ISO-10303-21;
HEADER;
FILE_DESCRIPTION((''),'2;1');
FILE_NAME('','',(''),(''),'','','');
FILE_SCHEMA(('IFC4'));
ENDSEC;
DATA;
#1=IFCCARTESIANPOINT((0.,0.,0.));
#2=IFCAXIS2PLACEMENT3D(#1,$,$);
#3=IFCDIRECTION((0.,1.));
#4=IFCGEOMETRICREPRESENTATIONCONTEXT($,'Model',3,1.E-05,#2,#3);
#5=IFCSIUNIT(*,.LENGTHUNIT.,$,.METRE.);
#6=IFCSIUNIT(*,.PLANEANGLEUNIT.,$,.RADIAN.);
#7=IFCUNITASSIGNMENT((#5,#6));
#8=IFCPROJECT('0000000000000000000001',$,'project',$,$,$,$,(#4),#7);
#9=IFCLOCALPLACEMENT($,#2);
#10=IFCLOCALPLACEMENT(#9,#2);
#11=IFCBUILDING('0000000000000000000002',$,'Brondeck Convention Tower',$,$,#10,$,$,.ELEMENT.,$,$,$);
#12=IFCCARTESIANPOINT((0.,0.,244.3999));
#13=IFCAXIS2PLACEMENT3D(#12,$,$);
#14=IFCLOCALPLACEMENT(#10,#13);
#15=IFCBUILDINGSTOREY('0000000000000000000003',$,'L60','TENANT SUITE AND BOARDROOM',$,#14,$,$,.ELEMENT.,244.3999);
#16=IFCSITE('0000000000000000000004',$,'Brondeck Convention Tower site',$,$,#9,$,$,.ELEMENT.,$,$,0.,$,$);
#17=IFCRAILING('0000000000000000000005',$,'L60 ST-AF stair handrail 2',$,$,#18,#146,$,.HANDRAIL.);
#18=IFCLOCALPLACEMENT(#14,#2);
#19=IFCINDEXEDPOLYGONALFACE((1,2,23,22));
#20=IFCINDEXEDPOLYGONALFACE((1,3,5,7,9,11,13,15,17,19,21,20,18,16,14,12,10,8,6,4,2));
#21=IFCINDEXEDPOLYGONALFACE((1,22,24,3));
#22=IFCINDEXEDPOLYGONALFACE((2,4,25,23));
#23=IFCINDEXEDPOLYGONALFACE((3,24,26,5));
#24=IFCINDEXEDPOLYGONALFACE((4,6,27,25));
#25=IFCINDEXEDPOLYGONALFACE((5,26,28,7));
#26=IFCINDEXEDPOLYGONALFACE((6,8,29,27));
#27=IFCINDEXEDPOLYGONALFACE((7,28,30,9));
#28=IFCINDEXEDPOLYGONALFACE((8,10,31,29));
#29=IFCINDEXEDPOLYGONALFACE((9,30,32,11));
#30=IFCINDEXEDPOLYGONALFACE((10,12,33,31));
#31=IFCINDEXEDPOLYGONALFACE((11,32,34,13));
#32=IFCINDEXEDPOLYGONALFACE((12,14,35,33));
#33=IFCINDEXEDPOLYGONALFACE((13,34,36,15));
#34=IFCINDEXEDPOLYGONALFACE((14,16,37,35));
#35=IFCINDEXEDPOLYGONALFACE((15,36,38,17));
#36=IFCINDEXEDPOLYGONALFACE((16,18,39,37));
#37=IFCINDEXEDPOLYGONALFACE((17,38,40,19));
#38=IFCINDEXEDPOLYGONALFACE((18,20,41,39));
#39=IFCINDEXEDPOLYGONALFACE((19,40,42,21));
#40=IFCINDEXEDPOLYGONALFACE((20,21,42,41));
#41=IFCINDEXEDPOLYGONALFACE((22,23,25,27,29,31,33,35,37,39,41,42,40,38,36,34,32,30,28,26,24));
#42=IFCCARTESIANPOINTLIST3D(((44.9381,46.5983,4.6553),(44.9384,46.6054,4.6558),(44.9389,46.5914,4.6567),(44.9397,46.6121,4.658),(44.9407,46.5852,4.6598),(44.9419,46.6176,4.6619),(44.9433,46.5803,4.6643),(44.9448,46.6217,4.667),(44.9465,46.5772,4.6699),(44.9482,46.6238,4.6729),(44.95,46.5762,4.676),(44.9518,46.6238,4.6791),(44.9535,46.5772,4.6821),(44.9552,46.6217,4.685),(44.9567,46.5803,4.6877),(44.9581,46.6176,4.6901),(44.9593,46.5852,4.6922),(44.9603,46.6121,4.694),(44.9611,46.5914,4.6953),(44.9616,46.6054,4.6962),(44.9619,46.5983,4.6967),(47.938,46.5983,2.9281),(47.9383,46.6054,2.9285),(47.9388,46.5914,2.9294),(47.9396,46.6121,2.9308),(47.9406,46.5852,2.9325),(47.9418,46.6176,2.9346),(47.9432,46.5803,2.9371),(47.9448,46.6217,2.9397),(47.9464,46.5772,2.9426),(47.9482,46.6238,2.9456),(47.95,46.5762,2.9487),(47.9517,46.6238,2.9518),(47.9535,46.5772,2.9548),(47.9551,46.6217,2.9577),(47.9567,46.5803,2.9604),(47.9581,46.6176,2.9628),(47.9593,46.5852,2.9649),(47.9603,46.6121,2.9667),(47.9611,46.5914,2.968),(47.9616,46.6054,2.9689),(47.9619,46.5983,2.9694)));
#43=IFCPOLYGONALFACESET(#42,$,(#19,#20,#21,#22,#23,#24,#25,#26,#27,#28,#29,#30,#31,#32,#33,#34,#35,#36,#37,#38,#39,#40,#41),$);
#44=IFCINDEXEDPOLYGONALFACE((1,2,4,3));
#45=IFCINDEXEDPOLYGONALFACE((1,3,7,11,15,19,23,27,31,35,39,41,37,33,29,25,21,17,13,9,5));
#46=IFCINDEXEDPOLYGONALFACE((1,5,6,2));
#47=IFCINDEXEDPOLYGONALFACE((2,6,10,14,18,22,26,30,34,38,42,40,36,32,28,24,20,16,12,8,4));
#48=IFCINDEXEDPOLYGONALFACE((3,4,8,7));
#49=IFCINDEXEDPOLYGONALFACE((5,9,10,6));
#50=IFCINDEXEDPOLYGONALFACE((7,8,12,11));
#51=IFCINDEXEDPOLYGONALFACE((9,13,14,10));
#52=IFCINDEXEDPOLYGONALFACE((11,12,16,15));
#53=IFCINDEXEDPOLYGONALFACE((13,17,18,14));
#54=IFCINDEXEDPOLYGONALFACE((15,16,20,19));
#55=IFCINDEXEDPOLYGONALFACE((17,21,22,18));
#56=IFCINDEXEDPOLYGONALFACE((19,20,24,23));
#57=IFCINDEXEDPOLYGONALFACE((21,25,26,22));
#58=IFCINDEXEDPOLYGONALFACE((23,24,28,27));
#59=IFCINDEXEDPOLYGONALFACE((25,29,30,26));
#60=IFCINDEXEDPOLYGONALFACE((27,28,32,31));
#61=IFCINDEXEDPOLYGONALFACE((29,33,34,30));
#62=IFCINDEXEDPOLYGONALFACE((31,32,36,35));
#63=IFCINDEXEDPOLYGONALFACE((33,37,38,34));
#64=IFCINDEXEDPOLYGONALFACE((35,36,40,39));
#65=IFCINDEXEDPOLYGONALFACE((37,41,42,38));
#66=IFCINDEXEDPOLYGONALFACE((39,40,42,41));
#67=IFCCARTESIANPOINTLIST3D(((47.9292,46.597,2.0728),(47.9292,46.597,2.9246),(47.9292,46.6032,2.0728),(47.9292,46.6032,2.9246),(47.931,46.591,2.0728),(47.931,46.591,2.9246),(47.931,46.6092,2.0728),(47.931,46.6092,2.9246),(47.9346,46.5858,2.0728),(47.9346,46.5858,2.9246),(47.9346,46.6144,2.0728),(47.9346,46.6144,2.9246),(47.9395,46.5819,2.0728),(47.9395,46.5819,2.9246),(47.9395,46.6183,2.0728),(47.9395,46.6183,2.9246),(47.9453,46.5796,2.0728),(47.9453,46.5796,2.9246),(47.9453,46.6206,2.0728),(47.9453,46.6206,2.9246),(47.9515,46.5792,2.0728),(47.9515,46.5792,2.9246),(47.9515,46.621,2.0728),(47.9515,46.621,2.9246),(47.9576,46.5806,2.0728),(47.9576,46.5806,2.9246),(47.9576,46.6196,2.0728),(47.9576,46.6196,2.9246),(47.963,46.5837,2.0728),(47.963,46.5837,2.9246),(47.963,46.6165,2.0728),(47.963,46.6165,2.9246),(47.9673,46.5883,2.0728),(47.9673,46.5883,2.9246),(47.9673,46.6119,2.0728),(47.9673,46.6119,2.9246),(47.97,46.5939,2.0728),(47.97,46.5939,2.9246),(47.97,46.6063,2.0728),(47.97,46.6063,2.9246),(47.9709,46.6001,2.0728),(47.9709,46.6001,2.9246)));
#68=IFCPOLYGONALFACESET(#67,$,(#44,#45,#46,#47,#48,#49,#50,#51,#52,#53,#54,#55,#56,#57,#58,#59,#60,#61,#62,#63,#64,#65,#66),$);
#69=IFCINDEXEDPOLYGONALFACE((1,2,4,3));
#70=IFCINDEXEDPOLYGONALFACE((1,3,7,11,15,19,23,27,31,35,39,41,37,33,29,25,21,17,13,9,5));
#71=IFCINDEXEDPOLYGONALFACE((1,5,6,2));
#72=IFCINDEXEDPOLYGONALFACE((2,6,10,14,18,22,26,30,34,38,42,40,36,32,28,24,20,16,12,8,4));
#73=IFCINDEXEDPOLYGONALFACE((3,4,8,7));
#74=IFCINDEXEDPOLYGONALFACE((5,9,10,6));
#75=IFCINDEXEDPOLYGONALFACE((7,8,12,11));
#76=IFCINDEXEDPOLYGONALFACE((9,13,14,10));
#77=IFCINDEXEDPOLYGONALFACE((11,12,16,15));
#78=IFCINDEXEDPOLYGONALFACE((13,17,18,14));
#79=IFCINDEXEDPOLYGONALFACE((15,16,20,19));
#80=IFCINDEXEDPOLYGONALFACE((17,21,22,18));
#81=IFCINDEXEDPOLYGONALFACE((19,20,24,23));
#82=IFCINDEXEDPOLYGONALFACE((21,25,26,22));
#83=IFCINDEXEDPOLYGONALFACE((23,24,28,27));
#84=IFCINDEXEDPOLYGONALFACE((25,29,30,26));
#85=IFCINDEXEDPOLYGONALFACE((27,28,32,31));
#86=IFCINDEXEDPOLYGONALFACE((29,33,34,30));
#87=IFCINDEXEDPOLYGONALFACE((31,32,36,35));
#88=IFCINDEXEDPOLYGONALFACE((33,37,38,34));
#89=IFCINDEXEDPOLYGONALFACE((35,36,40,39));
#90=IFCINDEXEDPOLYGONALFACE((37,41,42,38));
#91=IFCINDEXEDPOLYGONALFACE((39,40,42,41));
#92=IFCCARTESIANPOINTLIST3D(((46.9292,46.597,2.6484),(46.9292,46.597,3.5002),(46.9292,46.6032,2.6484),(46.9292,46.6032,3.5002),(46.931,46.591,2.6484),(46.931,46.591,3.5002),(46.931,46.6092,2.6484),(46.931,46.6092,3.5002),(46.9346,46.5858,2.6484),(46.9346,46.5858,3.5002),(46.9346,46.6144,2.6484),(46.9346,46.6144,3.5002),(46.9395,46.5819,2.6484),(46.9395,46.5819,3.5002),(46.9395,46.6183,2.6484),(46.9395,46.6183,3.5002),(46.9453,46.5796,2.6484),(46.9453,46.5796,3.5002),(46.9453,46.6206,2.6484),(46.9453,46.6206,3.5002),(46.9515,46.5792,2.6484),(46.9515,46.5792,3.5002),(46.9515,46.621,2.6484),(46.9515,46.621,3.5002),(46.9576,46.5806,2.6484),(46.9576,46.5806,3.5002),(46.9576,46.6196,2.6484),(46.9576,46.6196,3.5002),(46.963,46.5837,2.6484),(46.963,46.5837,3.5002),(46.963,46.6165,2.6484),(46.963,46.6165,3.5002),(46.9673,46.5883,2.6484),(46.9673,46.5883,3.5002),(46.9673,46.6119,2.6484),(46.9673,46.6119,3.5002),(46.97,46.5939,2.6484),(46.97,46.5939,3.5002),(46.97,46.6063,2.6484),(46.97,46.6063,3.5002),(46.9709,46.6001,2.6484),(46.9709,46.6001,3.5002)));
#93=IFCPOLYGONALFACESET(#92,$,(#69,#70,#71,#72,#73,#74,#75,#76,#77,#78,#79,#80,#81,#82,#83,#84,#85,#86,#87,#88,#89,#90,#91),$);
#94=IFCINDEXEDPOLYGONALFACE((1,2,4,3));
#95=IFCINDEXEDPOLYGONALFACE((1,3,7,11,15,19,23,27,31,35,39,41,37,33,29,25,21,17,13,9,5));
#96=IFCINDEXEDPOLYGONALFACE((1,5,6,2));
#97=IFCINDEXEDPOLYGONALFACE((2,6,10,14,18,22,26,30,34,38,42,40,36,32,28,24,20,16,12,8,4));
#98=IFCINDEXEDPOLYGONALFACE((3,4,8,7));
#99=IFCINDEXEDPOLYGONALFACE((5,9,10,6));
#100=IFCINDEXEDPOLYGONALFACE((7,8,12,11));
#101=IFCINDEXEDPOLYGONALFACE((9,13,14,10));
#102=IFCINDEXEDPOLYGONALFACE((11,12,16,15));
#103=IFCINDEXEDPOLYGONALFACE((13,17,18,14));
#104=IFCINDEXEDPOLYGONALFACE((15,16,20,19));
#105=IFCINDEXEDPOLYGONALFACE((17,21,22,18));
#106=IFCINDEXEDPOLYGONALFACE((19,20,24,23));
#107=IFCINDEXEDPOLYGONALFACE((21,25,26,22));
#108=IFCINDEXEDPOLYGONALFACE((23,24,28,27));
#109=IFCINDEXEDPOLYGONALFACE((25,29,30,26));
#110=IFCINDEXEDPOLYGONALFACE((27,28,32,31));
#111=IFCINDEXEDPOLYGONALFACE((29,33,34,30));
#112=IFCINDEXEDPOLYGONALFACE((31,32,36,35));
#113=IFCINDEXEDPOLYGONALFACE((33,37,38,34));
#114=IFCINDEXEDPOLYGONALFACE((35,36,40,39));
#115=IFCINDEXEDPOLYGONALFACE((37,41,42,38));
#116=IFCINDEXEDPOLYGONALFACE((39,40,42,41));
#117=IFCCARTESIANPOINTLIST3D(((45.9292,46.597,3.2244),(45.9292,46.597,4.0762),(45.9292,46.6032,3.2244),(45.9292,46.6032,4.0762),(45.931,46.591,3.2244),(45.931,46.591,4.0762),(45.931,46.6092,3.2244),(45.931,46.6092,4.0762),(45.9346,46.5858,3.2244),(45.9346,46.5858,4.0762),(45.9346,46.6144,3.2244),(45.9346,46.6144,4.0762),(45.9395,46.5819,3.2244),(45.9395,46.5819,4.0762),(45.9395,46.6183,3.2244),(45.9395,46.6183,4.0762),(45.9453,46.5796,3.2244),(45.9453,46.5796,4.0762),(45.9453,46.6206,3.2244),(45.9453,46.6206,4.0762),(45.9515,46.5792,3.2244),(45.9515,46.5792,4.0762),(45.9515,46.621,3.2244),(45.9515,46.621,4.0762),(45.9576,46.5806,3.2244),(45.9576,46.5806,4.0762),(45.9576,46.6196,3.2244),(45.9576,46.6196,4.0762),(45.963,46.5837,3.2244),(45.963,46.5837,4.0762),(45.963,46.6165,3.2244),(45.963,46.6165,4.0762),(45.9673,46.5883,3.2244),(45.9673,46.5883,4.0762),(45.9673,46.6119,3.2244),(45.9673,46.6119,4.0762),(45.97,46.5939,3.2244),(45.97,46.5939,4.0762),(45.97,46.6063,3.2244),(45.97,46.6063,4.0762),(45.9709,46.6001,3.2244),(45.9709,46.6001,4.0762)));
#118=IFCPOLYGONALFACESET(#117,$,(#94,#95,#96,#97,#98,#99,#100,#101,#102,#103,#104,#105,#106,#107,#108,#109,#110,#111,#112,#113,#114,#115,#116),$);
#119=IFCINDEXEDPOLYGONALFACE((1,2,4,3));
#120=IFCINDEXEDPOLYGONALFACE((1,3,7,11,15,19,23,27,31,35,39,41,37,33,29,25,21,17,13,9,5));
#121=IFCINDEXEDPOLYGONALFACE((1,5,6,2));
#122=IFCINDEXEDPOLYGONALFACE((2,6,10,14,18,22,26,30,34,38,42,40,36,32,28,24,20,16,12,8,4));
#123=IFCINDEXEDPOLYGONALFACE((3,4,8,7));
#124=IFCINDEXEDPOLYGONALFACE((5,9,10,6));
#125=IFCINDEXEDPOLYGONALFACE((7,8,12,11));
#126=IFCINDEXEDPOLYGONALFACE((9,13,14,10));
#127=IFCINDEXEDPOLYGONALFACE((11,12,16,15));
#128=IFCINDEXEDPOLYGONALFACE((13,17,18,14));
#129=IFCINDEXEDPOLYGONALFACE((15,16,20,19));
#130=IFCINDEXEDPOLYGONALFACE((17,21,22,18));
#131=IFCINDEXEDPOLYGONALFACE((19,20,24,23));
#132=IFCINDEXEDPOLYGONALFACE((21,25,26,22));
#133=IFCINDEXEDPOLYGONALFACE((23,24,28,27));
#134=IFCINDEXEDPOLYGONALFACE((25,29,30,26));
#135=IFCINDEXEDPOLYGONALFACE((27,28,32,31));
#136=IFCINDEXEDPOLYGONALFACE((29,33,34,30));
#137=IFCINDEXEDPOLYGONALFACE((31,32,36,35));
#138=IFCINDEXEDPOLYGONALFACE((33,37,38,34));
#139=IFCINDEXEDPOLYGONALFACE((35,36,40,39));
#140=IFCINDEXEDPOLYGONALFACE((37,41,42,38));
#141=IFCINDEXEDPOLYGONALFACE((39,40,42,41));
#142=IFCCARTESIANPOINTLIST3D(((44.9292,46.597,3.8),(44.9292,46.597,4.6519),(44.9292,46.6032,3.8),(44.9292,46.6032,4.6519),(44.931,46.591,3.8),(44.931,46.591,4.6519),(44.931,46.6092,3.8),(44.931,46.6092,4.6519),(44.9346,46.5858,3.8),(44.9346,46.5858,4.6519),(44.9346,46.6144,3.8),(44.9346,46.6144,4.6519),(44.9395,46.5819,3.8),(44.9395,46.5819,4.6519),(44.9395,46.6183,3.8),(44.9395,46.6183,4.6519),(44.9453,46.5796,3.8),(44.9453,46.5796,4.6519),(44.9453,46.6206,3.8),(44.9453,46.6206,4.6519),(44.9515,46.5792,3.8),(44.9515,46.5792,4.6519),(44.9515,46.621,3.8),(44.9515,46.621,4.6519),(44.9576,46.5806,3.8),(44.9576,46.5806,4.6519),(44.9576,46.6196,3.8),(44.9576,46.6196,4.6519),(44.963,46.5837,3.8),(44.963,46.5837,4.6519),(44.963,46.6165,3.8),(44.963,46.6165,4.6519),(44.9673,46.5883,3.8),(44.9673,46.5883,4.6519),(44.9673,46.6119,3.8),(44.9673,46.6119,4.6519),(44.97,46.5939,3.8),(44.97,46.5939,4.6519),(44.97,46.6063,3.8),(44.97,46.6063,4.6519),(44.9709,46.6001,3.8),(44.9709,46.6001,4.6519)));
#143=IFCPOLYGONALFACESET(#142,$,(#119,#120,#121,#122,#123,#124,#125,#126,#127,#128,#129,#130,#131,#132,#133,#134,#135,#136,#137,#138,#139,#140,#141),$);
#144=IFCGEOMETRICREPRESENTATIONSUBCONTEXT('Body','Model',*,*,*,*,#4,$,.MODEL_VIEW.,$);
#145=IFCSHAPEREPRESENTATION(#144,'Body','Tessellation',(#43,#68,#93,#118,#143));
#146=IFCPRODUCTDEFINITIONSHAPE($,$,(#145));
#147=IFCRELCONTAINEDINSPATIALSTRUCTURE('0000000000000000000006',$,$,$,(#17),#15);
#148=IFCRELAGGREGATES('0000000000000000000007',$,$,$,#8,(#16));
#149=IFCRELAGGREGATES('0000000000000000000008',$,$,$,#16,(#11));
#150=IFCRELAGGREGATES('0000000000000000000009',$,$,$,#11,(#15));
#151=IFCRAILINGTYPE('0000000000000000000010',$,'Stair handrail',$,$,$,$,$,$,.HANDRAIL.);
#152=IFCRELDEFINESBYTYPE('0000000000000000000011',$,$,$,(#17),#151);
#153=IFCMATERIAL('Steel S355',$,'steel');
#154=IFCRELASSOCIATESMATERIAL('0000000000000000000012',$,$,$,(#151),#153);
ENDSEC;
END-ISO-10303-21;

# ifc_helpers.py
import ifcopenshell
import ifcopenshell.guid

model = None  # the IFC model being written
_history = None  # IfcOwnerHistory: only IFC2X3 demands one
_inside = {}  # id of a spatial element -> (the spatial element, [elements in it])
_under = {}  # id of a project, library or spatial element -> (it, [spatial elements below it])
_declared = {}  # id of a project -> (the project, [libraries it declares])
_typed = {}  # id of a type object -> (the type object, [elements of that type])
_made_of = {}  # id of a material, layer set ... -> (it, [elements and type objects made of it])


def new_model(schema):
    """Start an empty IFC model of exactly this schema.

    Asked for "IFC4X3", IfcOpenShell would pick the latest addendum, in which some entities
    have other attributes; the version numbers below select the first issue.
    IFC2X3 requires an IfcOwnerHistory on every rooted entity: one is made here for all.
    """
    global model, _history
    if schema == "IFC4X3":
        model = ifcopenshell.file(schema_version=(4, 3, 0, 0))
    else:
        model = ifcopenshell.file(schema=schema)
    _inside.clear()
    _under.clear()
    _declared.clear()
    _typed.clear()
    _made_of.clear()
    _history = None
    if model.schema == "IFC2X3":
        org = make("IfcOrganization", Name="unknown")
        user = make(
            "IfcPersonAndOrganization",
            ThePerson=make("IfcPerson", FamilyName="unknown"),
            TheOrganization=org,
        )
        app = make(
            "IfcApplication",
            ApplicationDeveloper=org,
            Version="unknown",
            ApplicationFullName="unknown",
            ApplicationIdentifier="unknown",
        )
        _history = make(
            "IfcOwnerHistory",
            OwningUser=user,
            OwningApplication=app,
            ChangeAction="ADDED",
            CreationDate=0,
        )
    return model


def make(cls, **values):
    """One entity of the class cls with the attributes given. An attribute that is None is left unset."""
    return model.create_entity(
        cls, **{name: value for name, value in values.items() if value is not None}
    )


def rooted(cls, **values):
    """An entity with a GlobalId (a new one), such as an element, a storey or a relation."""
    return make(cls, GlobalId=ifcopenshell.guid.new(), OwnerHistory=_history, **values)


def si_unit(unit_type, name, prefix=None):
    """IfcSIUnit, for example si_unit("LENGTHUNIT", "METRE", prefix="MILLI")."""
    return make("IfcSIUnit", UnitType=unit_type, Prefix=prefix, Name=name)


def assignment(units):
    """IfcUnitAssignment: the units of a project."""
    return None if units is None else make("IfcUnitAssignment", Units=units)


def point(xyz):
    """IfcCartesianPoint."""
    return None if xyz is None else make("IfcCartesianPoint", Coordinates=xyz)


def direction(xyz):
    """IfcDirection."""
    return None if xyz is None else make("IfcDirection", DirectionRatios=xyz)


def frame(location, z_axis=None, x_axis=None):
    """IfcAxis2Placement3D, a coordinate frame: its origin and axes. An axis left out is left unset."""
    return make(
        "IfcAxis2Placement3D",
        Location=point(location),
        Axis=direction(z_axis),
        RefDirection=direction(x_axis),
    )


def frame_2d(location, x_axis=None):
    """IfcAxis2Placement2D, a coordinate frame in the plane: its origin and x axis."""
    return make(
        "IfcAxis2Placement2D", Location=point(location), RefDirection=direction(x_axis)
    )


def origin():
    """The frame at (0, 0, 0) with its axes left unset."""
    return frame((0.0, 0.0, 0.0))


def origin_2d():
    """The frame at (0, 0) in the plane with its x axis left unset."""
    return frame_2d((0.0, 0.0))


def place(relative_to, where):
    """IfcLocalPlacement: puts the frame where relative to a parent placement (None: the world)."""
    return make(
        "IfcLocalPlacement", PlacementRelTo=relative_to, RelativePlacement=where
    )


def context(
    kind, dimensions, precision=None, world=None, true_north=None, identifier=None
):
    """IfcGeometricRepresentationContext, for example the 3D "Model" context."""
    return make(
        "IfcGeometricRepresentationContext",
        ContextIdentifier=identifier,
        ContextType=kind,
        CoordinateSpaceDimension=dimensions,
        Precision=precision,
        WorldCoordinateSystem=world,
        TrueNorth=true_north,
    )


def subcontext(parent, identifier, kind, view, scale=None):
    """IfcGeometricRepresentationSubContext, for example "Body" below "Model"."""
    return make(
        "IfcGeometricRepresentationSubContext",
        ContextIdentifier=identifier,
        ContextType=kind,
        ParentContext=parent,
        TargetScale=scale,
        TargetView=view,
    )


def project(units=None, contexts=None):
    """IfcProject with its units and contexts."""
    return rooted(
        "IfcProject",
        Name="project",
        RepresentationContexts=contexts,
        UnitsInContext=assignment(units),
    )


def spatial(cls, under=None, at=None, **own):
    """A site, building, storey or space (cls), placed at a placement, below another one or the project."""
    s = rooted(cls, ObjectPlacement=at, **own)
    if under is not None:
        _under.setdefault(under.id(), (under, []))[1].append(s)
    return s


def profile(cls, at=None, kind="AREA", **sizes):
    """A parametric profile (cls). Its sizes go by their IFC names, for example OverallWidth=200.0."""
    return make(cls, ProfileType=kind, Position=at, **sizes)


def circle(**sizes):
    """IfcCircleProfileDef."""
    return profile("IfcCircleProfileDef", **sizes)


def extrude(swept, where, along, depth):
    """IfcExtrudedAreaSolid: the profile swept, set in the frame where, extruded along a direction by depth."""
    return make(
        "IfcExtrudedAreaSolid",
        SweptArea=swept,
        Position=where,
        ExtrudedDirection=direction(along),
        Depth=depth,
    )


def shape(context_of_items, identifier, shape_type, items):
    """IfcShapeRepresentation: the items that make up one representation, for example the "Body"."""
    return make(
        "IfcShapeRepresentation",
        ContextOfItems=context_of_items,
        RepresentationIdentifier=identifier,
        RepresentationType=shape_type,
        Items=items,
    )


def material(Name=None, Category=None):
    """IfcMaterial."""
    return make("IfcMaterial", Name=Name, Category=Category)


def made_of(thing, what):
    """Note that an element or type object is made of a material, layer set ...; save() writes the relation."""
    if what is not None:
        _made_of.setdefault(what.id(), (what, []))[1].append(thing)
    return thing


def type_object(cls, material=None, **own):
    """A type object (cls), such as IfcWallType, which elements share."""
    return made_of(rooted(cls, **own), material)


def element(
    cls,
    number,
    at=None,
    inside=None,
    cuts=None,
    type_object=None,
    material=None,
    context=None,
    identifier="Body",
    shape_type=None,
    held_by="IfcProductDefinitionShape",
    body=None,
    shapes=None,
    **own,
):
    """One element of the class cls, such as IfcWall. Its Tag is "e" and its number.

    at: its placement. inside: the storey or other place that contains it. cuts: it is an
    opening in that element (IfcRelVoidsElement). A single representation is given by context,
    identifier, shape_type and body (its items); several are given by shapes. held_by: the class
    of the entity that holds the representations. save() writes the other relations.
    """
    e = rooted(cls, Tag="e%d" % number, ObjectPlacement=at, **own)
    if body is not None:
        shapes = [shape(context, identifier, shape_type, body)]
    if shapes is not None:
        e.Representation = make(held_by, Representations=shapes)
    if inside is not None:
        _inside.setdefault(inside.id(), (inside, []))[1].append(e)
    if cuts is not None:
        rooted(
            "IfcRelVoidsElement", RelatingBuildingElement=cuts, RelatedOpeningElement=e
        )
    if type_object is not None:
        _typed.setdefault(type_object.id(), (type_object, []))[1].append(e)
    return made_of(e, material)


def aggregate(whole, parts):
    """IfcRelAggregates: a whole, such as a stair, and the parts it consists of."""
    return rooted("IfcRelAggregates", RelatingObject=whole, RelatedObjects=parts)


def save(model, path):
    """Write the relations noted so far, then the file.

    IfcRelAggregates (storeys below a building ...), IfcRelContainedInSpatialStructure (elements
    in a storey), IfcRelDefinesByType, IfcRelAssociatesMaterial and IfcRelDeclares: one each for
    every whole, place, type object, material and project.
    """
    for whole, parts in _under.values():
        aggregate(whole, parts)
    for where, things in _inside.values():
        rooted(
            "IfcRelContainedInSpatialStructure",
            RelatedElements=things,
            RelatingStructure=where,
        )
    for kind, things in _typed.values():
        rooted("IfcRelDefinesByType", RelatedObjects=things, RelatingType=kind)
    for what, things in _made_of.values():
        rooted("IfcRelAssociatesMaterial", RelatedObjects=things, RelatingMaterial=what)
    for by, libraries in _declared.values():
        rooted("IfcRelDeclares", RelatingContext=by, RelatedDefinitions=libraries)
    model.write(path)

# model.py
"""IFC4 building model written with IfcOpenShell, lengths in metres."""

from ifc_helpers import new_model, si_unit, direction, frame, origin, origin_2d, place, context, subcontext, project, spatial, circle, extrude, material, type_object, element, save


model = new_model("IFC4")

# Units and contexts
model_context = context("Model", 3, precision=1e-05, world=origin(), true_north=direction((0.0, 1.0)))
body_context = subcontext(model_context, "Body", "Model", "MODEL_VIEW")
ifc_project = project(units=[si_unit("LENGTHUNIT", "METRE"), si_unit("PLANEANGLEUNIT", "RADIAN")], contexts=[model_context])

# Site, building, storey
site_placement = place(None, origin())
site = spatial("IfcSite", under=ifc_project, at=site_placement, Name="Brondeck Convention Tower site", CompositionType="ELEMENT", RefElevation=0.0)
building_placement = place(site_placement, origin())
building = spatial("IfcBuilding", under=site, at=building_placement, Name="Brondeck Convention Tower", CompositionType="ELEMENT")
storey_placement = place(building_placement, frame((0.0, 0.0, 244.3999)))
storey = spatial("IfcBuildingStorey", under=building, at=storey_placement, Name="L60", Description="TENANT SUITE AND BOARDROOM", CompositionType="ELEMENT", Elevation=244.3999)

# Shared definitions
ifc_material_1 = material(Name="Steel S355", Category="steel")

# Railing
railing_type_1 = type_object("IfcRailingType", Name="Stair handrail", PredefinedType="HANDRAIL", material=ifc_material_1)
railing_1_placement = place(storey_placement, frame((47.95, 46.6001, 2.0728)))
element("IfcRailing", 1, at=railing_1_placement, inside=storey, type_object=railing_type_1, Name="L60 ST-AF stair handrail 2", PredefinedType="HANDRAIL", context=body_context, shape_type="SweptSolid", body=[
    extrude(circle(Radius=0.0239, at=origin_2d()), frame((0.0, 0.0, 0.876), z_axis=(-0.86662, 0.0, 0.498969), x_axis=(0.0, -1.0, 0.0)), (0.0, 0.0, 1.0), 3.4617),
    extrude(circle(Radius=0.021, at=origin_2d()), origin(), (0.0, 0.0, 1.0), 0.8518),
    extrude(circle(Radius=0.021, at=origin_2d()), frame((-1.0, 0.0, 0.5757)), (0.0, 0.0, 1.0), 0.8518),
    extrude(circle(Radius=0.021, at=origin_2d()), frame((-2.0, 0.0, 1.1516)), (0.0, 0.0, 1.0), 0.8518),
    extrude(circle(Radius=0.021, at=origin_2d()), frame((-3.0, 0.0, 1.7273)), (0.0, 0.0, 1.0), 0.8518),
])

save(model, "model.ifc")
